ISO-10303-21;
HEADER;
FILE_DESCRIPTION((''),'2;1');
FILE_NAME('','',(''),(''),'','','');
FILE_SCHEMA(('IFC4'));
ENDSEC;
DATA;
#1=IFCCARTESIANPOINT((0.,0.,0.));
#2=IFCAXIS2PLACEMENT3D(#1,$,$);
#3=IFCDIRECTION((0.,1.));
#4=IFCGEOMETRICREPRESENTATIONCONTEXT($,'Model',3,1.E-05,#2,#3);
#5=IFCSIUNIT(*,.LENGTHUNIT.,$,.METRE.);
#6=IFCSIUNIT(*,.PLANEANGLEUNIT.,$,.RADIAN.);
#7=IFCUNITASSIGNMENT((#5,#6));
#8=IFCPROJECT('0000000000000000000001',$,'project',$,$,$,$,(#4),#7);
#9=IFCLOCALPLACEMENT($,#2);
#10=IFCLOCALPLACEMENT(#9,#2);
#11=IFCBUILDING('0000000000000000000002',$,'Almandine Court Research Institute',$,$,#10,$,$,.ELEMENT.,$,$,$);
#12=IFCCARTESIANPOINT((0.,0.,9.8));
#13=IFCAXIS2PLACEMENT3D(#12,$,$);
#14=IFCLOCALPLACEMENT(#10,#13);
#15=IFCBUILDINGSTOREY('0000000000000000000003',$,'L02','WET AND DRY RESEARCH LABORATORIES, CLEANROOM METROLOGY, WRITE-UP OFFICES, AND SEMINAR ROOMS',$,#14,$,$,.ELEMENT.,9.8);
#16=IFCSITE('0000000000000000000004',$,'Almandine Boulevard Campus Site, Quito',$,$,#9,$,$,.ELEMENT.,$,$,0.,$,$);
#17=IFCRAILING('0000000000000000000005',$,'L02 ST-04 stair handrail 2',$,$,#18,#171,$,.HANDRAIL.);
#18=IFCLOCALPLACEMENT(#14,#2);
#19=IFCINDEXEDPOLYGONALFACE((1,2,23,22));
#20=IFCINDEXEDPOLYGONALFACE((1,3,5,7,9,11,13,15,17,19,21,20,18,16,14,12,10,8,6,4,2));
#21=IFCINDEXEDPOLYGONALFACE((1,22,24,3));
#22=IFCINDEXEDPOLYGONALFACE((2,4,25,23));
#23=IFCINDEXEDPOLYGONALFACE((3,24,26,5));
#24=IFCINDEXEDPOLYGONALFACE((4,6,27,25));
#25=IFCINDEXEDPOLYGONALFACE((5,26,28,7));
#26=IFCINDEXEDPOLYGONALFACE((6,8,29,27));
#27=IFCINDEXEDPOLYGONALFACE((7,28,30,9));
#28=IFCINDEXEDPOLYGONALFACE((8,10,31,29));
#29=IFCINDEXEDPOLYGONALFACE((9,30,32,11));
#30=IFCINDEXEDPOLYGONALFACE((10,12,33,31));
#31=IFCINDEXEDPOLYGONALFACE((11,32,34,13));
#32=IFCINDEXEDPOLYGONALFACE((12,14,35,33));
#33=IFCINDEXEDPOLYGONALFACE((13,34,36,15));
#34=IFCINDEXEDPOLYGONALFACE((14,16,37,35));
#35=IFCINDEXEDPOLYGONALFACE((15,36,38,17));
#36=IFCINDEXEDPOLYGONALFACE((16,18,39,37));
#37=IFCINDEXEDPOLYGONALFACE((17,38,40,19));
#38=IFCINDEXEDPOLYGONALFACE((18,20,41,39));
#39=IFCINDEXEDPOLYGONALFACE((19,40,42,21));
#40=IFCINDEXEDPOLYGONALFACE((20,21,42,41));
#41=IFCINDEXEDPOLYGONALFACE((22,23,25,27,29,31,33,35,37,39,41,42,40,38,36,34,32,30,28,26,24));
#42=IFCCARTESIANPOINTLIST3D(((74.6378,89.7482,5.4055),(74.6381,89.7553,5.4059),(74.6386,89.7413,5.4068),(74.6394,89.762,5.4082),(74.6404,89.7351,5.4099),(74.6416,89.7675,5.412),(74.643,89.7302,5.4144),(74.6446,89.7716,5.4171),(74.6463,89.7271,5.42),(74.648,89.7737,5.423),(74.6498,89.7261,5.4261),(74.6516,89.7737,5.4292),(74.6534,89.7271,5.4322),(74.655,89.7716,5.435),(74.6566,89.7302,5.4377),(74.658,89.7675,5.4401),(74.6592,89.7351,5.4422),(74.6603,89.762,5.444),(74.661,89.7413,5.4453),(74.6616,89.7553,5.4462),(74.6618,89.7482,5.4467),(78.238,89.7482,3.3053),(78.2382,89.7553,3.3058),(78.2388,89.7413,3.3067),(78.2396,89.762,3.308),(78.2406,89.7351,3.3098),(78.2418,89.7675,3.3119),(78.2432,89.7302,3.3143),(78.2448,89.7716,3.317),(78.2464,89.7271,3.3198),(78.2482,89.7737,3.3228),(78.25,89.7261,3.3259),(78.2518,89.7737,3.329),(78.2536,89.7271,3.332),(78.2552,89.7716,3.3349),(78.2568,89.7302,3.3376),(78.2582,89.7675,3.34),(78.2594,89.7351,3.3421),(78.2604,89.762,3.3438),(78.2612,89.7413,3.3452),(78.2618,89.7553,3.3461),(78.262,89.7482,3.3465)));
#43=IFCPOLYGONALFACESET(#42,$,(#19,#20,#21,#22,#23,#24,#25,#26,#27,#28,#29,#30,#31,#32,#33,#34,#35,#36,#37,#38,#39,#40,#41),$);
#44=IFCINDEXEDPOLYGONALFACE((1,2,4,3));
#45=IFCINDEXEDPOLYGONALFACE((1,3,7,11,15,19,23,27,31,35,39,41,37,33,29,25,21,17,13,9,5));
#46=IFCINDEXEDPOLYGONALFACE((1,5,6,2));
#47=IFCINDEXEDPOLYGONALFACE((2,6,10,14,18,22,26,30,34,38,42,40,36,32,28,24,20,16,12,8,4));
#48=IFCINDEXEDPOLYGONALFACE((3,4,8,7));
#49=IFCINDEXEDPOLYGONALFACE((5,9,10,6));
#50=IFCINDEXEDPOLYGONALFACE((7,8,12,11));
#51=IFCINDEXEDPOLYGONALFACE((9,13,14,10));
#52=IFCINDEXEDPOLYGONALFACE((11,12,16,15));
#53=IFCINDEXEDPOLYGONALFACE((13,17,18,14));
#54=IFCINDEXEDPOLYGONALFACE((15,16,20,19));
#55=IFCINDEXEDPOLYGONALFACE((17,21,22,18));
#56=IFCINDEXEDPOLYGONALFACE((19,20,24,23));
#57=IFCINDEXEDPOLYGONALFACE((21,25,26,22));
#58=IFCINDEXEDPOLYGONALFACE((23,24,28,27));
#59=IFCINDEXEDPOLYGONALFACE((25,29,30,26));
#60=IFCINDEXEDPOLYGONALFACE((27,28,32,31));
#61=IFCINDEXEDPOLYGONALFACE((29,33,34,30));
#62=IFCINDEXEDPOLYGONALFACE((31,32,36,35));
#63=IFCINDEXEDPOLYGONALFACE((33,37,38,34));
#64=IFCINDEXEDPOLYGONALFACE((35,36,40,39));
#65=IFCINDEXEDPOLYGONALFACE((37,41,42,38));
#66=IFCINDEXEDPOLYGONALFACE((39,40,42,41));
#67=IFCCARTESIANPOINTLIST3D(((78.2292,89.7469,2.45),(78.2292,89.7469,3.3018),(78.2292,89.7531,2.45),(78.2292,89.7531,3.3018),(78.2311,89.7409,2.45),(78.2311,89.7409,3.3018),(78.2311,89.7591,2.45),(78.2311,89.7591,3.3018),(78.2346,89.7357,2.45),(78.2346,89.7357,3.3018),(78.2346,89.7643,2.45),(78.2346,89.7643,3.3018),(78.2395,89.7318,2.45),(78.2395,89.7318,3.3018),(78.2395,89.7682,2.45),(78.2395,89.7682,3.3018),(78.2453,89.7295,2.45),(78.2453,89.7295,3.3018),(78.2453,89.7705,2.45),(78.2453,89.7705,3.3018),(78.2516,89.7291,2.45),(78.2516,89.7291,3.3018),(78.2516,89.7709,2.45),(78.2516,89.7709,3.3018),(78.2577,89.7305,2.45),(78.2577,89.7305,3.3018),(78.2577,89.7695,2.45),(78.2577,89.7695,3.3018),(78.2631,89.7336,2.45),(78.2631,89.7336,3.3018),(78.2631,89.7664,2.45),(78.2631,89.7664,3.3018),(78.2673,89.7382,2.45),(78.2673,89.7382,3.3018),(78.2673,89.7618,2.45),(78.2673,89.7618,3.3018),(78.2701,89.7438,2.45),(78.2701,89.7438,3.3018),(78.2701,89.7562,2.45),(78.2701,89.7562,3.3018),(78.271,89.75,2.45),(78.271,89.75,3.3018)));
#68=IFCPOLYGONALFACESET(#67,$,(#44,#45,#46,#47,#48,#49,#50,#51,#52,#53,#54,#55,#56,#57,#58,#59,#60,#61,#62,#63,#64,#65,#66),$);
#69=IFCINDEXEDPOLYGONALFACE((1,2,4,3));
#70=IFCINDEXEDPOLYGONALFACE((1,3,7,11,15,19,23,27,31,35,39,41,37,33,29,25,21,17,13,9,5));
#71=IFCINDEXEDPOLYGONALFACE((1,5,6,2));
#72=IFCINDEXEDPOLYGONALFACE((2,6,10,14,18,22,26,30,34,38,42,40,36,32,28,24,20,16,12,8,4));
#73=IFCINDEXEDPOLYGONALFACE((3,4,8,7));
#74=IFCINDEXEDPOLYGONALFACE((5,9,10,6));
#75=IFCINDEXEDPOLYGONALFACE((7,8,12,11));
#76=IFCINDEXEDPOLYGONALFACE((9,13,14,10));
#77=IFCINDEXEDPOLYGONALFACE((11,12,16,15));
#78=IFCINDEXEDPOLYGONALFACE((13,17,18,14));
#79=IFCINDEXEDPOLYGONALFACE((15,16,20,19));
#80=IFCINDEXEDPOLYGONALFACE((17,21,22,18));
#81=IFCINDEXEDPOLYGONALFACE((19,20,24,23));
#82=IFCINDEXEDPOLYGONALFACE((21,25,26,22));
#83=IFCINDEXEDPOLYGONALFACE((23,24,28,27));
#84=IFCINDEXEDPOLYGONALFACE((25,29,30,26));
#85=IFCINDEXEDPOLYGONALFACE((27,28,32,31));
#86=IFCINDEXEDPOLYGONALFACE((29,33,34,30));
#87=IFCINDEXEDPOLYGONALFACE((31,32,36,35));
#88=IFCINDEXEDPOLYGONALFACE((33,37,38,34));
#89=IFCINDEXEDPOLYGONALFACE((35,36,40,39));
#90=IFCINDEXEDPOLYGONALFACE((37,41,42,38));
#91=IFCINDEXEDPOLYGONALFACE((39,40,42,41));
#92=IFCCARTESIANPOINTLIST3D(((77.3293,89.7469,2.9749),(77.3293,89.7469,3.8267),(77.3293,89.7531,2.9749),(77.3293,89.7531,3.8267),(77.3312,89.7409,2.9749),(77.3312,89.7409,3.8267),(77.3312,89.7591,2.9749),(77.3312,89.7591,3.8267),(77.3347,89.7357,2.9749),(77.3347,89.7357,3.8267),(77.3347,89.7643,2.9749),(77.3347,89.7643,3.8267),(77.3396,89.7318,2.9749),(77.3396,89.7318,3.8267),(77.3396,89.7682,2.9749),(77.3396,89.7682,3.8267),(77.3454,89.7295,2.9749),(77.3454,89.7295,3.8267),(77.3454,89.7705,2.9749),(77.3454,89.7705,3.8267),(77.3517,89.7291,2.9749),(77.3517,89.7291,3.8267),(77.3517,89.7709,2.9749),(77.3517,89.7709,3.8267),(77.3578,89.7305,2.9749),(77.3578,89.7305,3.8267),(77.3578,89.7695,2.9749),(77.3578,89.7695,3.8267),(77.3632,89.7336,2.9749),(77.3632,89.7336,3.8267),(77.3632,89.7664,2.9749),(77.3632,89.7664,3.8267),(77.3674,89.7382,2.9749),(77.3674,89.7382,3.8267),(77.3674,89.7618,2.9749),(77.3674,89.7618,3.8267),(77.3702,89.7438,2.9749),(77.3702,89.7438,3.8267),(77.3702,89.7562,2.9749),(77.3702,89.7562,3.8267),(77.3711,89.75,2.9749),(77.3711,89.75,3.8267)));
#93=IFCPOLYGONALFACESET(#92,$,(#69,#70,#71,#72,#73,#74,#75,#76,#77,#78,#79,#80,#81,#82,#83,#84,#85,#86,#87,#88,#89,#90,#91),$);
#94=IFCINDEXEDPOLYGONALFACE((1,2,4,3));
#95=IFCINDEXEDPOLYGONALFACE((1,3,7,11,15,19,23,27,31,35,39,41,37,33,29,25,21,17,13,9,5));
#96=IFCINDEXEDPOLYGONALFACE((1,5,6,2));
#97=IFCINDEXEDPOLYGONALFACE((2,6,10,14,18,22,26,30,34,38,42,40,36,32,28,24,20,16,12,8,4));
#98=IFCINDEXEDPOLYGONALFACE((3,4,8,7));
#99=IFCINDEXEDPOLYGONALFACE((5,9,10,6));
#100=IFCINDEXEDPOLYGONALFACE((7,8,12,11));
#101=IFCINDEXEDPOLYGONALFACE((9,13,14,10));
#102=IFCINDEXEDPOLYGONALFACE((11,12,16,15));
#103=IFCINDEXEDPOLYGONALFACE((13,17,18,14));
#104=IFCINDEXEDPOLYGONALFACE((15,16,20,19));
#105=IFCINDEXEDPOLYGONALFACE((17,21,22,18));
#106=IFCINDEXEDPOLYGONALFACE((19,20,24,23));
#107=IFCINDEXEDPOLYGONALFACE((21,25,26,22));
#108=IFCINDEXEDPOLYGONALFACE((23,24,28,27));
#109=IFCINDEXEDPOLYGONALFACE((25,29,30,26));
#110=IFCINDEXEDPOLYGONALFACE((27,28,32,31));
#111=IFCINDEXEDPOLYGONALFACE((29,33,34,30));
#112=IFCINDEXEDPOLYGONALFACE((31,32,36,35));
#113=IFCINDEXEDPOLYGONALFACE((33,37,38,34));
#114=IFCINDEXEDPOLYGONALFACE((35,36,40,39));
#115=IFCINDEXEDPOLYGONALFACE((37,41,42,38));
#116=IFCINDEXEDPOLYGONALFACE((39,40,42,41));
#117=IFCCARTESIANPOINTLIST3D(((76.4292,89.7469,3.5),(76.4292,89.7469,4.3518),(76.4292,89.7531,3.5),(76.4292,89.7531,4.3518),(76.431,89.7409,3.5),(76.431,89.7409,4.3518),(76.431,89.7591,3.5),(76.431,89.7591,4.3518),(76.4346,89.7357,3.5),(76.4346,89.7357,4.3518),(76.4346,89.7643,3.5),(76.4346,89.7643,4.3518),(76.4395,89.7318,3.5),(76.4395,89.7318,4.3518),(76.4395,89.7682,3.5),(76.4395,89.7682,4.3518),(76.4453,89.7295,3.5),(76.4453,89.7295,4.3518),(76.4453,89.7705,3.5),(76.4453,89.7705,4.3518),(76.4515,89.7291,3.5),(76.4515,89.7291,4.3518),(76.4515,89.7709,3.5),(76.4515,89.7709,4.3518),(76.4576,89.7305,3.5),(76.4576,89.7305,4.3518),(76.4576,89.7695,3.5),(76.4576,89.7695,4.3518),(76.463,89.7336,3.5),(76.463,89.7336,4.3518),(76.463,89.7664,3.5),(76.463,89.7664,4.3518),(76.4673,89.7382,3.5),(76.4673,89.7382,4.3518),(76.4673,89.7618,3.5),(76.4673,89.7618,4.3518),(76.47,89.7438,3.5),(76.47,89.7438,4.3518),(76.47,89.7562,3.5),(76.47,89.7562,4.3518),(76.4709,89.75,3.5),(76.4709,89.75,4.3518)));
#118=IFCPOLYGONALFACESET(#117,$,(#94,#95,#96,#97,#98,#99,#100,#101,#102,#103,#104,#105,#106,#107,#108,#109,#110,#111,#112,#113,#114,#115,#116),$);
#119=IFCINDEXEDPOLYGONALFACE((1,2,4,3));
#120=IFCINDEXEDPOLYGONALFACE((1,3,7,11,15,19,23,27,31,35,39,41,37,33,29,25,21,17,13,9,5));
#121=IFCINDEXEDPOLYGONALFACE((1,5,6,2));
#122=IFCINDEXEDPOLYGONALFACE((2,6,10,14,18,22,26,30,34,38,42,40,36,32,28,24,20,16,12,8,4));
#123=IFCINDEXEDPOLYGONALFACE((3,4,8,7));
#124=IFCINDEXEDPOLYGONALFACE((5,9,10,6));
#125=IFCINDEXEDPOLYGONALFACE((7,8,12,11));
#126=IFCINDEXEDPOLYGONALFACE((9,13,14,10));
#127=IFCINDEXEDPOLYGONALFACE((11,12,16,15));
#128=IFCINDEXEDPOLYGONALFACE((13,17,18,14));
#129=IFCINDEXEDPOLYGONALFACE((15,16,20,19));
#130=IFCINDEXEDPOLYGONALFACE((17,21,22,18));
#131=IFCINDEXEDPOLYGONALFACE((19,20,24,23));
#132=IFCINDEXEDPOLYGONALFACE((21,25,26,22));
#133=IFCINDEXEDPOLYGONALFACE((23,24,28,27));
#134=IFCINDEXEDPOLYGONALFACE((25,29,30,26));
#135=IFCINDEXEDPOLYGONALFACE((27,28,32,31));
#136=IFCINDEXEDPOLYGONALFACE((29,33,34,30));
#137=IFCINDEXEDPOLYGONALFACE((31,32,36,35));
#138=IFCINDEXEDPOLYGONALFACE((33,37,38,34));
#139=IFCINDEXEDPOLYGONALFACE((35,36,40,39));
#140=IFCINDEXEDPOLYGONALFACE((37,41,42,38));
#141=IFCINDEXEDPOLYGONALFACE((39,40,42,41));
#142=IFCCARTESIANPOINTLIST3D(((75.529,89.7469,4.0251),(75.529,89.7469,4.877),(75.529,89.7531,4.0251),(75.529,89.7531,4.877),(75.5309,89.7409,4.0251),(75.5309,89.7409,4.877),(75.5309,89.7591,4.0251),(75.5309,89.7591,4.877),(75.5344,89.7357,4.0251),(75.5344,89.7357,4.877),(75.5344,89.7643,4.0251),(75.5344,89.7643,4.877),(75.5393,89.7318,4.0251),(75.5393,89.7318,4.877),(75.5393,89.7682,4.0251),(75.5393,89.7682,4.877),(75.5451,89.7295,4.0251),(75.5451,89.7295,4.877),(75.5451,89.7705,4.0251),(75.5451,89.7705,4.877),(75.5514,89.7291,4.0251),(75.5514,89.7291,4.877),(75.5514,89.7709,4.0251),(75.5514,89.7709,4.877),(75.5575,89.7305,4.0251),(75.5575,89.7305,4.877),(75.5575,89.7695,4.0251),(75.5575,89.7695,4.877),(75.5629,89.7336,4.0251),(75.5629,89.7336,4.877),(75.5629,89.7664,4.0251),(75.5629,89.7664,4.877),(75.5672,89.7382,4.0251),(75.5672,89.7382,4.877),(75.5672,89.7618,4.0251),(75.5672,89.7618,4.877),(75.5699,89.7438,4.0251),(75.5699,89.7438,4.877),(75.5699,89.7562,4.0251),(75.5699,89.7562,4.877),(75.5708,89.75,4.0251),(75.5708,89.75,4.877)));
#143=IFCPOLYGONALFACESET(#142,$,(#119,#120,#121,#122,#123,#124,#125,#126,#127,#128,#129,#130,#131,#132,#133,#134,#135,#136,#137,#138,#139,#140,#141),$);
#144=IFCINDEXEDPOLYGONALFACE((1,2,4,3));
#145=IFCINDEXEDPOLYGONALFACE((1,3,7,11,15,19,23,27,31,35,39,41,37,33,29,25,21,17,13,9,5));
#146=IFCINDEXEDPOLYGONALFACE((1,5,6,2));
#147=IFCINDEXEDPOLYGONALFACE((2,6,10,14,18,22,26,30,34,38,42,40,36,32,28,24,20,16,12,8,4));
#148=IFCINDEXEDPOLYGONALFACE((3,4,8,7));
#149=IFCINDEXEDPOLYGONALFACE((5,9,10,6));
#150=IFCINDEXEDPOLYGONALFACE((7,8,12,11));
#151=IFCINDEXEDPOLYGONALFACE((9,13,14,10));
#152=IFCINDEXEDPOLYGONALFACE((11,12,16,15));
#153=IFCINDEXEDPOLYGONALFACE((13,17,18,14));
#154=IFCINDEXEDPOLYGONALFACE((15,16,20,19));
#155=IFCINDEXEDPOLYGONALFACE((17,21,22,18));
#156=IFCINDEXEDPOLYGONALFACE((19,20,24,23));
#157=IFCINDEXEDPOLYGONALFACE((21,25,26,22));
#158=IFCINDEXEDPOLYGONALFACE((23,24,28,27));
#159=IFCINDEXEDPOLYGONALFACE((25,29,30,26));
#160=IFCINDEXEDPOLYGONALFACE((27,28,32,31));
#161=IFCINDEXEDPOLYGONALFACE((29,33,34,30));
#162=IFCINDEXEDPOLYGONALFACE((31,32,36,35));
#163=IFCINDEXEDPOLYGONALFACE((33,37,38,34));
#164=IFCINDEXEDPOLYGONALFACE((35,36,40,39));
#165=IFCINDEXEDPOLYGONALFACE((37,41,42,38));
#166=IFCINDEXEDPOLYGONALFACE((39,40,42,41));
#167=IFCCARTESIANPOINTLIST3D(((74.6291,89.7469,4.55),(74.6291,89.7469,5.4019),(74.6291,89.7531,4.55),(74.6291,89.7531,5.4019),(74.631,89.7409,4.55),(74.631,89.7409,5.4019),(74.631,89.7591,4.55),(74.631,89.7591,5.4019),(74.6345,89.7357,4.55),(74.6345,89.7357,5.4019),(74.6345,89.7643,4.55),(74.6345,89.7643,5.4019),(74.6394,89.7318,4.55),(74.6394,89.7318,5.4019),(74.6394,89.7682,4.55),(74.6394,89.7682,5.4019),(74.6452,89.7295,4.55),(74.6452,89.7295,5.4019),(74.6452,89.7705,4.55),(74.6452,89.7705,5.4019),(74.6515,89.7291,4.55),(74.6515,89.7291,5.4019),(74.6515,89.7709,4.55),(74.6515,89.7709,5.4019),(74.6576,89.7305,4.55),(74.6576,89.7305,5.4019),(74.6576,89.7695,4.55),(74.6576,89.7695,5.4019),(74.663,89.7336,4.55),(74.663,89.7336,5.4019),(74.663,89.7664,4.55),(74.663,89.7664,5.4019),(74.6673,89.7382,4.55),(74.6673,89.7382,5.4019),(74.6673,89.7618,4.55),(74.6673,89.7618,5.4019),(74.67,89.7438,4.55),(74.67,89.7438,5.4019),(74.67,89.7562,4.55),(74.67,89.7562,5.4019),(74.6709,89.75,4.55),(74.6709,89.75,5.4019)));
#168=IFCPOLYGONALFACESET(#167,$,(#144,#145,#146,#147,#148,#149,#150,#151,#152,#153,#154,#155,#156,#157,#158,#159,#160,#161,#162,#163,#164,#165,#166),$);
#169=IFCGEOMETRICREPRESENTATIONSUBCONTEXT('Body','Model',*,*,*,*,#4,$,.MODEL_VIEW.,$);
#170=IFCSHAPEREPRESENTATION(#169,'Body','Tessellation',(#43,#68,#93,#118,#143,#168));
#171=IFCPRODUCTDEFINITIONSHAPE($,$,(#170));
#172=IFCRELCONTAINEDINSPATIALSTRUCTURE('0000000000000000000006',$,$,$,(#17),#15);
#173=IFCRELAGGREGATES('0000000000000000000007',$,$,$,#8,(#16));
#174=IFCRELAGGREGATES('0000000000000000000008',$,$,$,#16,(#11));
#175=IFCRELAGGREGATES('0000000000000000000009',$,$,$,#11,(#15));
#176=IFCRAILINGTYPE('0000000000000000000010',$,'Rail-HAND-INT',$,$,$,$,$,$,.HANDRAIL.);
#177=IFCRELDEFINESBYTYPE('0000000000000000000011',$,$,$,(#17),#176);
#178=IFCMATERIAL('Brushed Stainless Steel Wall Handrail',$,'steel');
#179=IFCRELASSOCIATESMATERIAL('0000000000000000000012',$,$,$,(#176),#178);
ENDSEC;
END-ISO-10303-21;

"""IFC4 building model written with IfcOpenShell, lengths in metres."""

from ifc_helpers import new_model, si_unit, direction, frame, origin, origin_2d, place, context, subcontext, project, spatial, circle, extrude, material, type_object, element, save


model = new_model("IFC4")

# Units and contexts
model_context = context("Model", 3, precision=1e-05, world=origin(), true_north=direction((0.0, 1.0)))
body_context = subcontext(model_context, "Body", "Model", "MODEL_VIEW")
ifc_project = project(units=[si_unit("LENGTHUNIT", "METRE"), si_unit("PLANEANGLEUNIT", "RADIAN")], contexts=[model_context])

# Site, building, storey
site_placement = place(None, origin())
site = spatial("IfcSite", under=ifc_project, at=site_placement, Name="Almandine Boulevard Campus Site, Quito", CompositionType="ELEMENT", RefElevation=0.0)
building_placement = place(site_placement, origin())
building = spatial("IfcBuilding", under=site, at=building_placement, Name="Almandine Court Research Institute", CompositionType="ELEMENT")
storey_placement = place(building_placement, frame((0.0, 0.0, 9.8)))
storey = spatial("IfcBuildingStorey", under=building, at=storey_placement, Name="L02", Description="WET AND DRY RESEARCH LABORATORIES, CLEANROOM METROLOGY, WRITE-UP OFFICES, AND SEMINAR ROOMS", CompositionType="ELEMENT", Elevation=9.8)

# Railing
ifc_material_1 = material(Name="Brushed Stainless Steel Wall Handrail", Category="steel")
railing_type_1 = type_object("IfcRailingType", Name="Rail-HAND-INT", PredefinedType="HANDRAIL", material=ifc_material_1)
railing_1_placement = place(storey_placement, frame((78.25, 89.75, 2.45)))
element("IfcRailing", 1, at=railing_1_placement, inside=storey, type_object=railing_type_1, Name="L02 ST-04 stair handrail 2", PredefinedType="HANDRAIL", context=body_context, shape_type="SweptSolid", body=[
    extrude(circle(Radius=0.0239, at=origin_2d()), frame((0.0, 0.0, 0.876), z_axis=(-0.863775, 0.0, 0.503878), x_axis=(0.0, -1.0, 0.0)), (0.0, 0.0, 1.0), 4.168),
    extrude(circle(Radius=0.021, at=origin_2d()), origin(), (0.0, 0.0, 1.0), 0.8518),
    extrude(circle(Radius=0.021, at=origin_2d()), frame((-0.8999, 0.0, 0.5249)), (0.0, 0.0, 1.0), 0.8518),
    extrude(circle(Radius=0.021, at=origin_2d()), frame((-1.8, 0.0, 1.05)), (0.0, 0.0, 1.0), 0.8518),
    extrude(circle(Radius=0.021, at=origin_2d()), frame((-2.7002, 0.0, 1.5752)), (0.0, 0.0, 1.0), 0.8518),
    extrude(circle(Radius=0.021, at=origin_2d()), frame((-3.6001, 0.0, 2.1001)), (0.0, 0.0, 1.0), 0.8518),
])

save(model, "model.ifc")
